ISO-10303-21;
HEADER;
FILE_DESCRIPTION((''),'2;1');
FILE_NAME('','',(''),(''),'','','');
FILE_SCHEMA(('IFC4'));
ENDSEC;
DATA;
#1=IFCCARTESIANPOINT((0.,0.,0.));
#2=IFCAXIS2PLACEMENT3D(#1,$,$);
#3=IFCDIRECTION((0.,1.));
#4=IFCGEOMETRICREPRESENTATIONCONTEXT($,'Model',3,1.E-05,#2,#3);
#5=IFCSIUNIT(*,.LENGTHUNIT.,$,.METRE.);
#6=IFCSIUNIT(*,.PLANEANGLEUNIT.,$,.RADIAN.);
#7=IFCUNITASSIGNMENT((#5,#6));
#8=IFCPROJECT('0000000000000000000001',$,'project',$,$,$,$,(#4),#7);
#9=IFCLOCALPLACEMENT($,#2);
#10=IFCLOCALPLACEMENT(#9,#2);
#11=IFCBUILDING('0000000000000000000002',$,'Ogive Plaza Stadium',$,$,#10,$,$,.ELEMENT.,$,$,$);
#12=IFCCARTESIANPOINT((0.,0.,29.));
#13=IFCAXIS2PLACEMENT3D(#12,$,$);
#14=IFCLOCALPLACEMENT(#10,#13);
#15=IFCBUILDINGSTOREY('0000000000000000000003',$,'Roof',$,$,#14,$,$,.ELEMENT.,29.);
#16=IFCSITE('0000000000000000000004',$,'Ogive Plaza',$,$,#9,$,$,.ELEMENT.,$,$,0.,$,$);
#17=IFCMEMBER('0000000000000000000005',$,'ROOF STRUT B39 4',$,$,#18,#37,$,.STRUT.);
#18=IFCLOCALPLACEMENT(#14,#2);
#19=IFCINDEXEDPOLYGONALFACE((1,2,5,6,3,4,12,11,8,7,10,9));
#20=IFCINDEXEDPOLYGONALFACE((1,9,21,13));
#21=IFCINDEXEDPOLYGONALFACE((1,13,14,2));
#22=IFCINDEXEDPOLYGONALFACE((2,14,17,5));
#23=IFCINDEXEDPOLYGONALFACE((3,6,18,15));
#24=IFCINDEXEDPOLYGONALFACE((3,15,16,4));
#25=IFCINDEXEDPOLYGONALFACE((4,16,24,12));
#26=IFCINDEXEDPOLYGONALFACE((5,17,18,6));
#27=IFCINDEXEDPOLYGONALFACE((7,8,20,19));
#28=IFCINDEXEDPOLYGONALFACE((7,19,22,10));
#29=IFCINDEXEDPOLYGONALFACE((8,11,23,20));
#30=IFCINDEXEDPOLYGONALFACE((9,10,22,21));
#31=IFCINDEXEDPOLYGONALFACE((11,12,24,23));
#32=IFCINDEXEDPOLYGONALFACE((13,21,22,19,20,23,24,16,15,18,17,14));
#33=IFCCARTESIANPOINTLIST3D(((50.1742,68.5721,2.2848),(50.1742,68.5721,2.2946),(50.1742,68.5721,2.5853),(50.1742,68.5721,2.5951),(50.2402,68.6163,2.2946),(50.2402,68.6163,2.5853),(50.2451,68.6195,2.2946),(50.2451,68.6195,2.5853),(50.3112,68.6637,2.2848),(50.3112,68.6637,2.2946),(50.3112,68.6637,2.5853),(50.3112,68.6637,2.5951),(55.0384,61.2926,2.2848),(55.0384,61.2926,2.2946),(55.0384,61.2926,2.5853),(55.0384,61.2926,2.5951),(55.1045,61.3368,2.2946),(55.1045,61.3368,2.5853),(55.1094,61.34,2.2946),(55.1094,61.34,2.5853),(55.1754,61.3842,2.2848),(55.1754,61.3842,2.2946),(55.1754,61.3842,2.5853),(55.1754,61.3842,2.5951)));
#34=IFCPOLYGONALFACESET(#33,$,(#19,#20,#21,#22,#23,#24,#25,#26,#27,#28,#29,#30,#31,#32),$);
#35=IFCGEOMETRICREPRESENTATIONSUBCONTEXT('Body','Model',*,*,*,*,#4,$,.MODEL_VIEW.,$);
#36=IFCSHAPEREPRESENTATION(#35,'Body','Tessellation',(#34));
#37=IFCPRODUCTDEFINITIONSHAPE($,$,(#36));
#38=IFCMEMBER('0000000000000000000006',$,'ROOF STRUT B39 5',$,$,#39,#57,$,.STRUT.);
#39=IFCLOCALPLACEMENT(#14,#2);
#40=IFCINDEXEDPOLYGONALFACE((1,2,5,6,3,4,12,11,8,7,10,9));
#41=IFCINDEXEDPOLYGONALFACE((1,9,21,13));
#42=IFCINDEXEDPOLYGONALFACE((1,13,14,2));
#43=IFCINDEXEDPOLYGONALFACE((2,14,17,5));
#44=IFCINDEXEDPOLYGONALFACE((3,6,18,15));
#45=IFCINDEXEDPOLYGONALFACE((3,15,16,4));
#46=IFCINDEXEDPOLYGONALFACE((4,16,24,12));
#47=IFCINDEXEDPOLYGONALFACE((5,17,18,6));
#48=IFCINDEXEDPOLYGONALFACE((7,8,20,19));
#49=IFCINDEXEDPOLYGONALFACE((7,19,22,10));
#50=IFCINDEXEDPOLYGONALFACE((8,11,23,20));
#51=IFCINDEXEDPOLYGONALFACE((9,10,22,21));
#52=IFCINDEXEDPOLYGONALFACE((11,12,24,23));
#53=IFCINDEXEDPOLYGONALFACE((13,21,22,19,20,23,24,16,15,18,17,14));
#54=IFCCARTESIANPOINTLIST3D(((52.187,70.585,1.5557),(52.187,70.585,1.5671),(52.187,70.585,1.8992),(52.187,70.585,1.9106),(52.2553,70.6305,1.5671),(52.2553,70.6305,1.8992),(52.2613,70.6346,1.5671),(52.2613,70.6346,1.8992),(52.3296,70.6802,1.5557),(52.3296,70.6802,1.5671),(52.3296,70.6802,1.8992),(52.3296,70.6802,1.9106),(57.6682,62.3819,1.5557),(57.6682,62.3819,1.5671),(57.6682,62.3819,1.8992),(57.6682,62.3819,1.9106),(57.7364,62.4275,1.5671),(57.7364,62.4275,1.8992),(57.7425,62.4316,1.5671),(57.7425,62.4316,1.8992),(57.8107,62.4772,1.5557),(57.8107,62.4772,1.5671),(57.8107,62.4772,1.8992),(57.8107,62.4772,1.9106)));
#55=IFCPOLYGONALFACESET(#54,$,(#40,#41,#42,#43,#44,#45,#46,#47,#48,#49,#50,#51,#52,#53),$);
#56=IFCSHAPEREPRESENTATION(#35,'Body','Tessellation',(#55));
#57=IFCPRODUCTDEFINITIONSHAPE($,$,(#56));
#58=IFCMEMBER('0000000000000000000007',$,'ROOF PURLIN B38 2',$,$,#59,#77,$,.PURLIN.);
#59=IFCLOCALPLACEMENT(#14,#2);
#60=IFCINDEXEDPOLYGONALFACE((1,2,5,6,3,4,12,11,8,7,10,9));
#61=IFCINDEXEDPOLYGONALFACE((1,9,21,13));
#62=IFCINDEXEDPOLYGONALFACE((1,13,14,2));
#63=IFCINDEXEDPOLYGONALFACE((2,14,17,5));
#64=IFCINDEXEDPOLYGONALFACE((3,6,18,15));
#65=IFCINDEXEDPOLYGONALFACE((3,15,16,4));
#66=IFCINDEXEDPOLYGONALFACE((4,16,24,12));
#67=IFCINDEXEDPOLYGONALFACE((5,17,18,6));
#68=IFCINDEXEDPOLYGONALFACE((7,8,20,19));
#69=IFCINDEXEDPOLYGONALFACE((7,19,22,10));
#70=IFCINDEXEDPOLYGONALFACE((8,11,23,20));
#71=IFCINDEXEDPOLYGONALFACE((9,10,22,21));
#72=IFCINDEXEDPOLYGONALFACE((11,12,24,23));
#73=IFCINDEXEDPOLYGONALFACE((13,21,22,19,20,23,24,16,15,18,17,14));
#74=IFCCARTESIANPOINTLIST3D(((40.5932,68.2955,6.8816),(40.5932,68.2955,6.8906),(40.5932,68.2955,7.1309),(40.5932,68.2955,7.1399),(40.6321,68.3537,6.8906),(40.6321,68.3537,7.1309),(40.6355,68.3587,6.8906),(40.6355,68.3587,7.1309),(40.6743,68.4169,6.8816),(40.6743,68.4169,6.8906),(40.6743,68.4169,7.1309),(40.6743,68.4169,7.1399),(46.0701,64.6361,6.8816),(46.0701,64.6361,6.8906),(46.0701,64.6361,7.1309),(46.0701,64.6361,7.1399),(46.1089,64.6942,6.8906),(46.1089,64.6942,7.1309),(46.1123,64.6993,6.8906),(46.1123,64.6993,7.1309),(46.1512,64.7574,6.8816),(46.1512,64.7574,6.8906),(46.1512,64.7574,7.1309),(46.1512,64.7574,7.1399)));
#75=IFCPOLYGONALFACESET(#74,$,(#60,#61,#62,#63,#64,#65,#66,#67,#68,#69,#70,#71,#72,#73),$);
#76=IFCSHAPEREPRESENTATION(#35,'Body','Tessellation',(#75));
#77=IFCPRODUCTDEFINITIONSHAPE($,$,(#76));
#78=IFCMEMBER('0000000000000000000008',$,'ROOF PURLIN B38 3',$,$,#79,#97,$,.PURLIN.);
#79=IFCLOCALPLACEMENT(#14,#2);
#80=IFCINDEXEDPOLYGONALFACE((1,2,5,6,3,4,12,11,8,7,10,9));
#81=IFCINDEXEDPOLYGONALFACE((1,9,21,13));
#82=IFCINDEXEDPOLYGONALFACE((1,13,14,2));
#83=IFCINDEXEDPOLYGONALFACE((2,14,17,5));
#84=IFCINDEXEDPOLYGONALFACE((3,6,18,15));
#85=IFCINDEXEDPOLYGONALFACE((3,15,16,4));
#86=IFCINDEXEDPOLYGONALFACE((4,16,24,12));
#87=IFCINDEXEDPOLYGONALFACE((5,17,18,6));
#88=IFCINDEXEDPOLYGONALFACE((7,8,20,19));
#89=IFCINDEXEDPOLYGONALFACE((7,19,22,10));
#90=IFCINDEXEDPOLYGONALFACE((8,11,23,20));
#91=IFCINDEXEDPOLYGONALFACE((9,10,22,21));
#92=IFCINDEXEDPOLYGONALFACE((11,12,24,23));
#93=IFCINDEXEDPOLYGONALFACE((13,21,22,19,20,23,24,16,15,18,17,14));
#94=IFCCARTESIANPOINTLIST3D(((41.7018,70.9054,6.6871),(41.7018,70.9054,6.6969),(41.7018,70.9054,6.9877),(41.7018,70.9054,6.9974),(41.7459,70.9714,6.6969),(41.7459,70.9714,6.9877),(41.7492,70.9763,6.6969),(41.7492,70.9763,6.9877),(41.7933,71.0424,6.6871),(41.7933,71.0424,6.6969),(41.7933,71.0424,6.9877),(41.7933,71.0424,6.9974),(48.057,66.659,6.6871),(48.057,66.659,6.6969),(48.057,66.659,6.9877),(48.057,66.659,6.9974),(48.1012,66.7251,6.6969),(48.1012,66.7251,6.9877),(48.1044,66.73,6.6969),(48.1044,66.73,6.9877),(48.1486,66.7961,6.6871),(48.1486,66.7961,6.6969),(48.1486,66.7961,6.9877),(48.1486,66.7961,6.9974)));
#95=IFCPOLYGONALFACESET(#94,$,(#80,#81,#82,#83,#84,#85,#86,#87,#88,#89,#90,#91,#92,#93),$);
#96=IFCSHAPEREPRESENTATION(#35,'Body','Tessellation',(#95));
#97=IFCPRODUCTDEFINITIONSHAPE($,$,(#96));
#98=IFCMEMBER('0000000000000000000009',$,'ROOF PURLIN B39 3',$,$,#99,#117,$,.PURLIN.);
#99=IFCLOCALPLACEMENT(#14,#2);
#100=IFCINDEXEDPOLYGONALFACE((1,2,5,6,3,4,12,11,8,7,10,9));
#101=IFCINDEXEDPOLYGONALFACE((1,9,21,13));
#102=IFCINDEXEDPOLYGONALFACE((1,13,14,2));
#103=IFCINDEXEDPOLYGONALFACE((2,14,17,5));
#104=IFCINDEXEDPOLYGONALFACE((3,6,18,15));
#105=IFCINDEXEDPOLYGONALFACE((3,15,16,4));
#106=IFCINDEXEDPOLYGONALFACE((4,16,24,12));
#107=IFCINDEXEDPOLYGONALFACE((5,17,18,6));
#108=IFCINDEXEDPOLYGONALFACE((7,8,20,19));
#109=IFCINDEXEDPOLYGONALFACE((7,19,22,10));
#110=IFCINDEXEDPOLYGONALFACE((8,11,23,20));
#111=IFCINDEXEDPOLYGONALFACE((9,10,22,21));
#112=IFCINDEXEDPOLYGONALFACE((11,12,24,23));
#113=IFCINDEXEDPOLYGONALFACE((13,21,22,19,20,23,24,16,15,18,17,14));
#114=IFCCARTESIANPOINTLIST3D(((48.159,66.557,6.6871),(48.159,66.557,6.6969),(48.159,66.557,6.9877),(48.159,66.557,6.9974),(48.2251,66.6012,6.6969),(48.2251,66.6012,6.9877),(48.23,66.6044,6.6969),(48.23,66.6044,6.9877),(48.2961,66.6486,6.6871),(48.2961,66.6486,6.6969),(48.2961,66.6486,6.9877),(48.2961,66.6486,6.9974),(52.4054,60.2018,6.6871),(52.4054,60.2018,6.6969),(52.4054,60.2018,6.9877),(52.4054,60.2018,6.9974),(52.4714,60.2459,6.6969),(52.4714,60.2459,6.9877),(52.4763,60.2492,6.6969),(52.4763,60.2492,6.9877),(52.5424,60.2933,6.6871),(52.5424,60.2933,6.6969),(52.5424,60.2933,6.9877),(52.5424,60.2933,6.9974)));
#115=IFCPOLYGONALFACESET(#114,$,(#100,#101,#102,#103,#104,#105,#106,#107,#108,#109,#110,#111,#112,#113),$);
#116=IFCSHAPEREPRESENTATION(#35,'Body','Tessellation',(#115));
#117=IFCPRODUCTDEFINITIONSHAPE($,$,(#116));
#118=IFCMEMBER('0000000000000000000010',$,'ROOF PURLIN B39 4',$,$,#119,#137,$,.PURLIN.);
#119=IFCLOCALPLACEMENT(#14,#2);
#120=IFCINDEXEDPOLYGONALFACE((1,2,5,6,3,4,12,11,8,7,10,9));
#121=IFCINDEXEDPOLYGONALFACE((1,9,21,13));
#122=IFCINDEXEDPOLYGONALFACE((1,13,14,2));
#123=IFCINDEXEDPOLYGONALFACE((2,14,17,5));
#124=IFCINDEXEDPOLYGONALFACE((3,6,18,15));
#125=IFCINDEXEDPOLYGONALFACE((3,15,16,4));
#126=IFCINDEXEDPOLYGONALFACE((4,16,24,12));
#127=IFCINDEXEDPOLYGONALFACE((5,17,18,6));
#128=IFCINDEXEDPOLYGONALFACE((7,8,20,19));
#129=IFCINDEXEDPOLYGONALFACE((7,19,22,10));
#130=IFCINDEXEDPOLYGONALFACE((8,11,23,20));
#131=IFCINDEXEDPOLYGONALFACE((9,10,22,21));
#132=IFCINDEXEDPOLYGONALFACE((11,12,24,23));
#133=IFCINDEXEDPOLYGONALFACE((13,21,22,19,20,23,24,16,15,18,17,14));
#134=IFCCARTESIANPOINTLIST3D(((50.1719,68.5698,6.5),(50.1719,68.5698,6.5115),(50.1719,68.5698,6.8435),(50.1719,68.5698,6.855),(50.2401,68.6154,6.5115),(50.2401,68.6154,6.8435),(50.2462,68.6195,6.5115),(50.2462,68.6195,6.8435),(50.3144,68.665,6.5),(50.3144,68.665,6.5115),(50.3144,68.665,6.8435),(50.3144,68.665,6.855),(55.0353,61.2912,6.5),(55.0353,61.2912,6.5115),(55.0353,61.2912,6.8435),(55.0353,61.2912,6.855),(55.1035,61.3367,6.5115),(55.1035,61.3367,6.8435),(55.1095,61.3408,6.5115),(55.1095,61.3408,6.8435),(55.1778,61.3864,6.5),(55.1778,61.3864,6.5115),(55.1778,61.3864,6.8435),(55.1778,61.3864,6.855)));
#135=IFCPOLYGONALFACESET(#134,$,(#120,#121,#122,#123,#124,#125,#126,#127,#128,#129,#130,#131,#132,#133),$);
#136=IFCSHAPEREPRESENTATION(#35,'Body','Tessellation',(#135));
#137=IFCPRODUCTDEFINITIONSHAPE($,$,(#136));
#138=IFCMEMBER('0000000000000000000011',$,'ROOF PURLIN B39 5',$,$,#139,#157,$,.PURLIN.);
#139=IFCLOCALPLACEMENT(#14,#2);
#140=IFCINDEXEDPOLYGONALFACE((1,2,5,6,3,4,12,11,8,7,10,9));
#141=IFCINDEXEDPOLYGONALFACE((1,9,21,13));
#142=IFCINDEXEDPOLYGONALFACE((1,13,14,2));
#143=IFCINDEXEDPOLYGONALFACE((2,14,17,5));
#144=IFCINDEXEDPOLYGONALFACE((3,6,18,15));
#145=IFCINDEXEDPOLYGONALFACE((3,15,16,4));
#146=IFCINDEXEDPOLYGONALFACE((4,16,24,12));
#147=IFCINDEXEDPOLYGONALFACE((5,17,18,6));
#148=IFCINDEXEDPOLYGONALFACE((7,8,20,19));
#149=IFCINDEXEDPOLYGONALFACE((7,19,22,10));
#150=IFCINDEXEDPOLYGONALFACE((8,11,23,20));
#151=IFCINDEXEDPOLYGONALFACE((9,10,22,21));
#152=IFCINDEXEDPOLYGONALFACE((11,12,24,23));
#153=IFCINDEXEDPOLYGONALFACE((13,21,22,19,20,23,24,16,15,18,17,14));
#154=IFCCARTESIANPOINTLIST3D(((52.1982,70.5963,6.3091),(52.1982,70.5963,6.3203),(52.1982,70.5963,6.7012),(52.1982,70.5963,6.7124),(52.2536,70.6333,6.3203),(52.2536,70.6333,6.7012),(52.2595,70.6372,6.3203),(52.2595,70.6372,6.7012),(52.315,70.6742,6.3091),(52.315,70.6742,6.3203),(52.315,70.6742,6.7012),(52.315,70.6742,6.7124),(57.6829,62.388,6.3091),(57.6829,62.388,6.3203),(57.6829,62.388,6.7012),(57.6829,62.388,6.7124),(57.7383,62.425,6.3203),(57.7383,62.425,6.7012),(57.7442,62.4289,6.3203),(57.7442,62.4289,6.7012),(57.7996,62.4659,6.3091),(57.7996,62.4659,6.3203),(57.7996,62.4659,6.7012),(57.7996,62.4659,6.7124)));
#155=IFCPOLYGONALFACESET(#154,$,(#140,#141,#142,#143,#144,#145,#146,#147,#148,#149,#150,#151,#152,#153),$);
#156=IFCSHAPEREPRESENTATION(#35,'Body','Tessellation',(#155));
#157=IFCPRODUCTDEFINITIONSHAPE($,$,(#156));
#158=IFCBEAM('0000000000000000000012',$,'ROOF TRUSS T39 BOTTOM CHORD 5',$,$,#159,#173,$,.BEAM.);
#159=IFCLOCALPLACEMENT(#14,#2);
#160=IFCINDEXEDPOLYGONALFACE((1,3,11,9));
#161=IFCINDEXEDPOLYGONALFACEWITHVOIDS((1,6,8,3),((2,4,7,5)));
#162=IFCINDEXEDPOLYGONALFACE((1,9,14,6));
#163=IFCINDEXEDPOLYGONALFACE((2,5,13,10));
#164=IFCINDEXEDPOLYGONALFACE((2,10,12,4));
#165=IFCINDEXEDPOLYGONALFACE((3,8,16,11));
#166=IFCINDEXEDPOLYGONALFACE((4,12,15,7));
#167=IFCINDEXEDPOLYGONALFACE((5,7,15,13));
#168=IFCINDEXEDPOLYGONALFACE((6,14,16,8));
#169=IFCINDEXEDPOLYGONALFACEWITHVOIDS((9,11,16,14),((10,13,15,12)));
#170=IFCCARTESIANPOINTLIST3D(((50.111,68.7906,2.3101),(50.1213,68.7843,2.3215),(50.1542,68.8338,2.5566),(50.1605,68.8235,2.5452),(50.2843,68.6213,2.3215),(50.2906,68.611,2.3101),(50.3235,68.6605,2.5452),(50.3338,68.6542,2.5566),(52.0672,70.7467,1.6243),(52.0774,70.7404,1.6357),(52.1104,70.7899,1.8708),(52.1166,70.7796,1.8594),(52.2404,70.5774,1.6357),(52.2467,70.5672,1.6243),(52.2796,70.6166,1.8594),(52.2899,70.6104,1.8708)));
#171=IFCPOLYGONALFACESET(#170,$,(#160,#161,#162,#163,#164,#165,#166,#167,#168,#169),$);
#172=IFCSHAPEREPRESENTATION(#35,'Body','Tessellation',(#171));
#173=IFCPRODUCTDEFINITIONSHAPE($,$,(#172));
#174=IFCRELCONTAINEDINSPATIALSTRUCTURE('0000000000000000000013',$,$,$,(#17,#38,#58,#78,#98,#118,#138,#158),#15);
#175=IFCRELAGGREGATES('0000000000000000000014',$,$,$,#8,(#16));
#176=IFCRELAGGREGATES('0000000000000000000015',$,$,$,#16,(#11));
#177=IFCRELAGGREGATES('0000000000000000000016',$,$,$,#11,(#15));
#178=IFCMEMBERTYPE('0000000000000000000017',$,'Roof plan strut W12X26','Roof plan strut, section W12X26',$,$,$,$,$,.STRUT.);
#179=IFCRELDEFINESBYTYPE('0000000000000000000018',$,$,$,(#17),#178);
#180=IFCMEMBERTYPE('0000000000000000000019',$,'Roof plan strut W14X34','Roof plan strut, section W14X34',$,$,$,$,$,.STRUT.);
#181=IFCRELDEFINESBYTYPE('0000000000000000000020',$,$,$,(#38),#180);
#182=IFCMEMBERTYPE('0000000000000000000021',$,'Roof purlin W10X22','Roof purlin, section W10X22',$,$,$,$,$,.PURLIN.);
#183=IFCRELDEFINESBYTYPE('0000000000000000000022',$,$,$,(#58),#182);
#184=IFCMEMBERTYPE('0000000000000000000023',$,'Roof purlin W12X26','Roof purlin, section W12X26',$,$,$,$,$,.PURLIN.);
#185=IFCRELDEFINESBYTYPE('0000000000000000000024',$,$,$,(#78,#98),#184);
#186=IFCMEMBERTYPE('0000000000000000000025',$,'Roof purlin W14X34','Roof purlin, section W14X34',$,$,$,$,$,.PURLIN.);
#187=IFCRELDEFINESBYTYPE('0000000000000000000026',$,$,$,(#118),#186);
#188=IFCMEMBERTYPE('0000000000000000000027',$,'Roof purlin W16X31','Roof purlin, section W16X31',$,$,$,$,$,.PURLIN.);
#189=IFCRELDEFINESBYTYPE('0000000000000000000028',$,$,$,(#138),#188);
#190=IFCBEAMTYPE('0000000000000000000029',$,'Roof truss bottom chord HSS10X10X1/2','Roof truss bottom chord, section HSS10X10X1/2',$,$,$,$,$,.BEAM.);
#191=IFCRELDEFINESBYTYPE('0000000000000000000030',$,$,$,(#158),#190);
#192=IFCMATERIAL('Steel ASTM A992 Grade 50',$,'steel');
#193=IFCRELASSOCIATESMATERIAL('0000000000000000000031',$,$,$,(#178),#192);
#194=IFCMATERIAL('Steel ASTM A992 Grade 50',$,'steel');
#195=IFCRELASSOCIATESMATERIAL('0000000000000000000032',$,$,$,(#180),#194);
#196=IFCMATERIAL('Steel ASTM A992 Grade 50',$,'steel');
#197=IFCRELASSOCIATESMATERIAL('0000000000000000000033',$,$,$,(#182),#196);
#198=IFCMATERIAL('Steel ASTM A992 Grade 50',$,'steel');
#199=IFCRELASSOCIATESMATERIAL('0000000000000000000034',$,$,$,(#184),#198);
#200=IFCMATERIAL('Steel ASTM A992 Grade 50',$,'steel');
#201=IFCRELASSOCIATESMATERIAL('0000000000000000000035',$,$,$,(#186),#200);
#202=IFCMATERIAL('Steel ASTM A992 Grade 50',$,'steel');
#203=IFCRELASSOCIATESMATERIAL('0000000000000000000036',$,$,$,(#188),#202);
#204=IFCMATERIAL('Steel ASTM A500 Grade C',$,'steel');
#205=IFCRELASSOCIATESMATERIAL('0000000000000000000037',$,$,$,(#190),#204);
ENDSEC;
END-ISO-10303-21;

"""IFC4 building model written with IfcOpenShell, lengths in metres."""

from ifc_helpers import new_model, si_unit, direction, frame, origin, origin_2d, place, context, subcontext, project, spatial, hollow_rectangle, i_section, extrude, material, material_profile, profile_set, type_object, element, save


model = new_model("IFC4")

# Units and contexts
model_context = context("Model", 3, precision=1e-05, world=origin(), true_north=direction((0.0, 1.0)))
body_context = subcontext(model_context, "Body", "Model", "MODEL_VIEW")
ifc_project = project(units=[si_unit("LENGTHUNIT", "METRE"), si_unit("PLANEANGLEUNIT", "RADIAN")], contexts=[model_context])

# Site, building, storey
site_placement = place(None, origin())
site = spatial("IfcSite", under=ifc_project, at=site_placement, Name="Ogive Plaza", CompositionType="ELEMENT", RefElevation=0.0)
building_placement = place(site_placement, origin())
building = spatial("IfcBuilding", under=site, at=building_placement, Name="Ogive Plaza Stadium", CompositionType="ELEMENT")
storey_placement = place(building_placement, frame((0.0, 0.0, 29.0)))
storey = spatial("IfcBuildingStorey", under=building, at=storey_placement, Name="Roof", CompositionType="ELEMENT", Elevation=29.0)

# Members
ifc_material_1 = material(Name="Steel ASTM A992 Grade 50", Category="steel")
ifc_material_profile_1 = material_profile(ifc_material_1, i_section(OverallWidth=0.1648, OverallDepth=0.3103, WebThickness=0.0059, FlangeThickness=0.0098, at=origin_2d()), Name="W12X26")
ifc_profile_set_1 = profile_set([ifc_material_profile_1], Name="Steel ASTM A992 Grade 50")
member_type_1 = type_object("IfcMemberType", Name="Roof plan strut W12X26", Description="Roof plan strut, section W12X26", PredefinedType="STRUT", material=ifc_profile_set_1)
member_1_placement = place(storey_placement, frame((50.2427, 68.6179, 2.4399), z_axis=(0.555588, -0.831458, 0.0), x_axis=(0.831458, 0.555588, 0.0)))
element("IfcMember", 1, at=member_1_placement, inside=storey, type_object=member_type_1, Name="ROOF STRUT B39 4", PredefinedType="STRUT", context=body_context, shape_type="SweptSolid", body=[
    extrude(i_section(OverallWidth=0.1648, OverallDepth=0.3103, WebThickness=0.0059, FlangeThickness=0.0098, at=origin_2d()), origin(), (0.0, 0.0, 1.0), 8.7551),
])
ifc_material_2 = material(Name="Steel ASTM A992 Grade 50", Category="steel")
ifc_material_profile_2 = material_profile(ifc_material_2, i_section(OverallWidth=0.1714, OverallDepth=0.355, WebThickness=0.0073, FlangeThickness=0.0115, at=origin_2d()), Name="W14X34")
ifc_profile_set_2 = profile_set([ifc_material_profile_2], Name="Steel ASTM A992 Grade 50")
member_type_2 = type_object("IfcMemberType", Name="Roof plan strut W14X34", Description="Roof plan strut, section W14X34", PredefinedType="STRUT", material=ifc_profile_set_2)
member_2_placement = place(storey_placement, frame((52.2583, 70.6326, 1.7332), z_axis=(0.555574, -0.831467, 0.0), x_axis=(0.831467, 0.555574, 0.0)))
element("IfcMember", 2, at=member_2_placement, inside=storey, type_object=member_type_2, Name="ROOF STRUT B39 5", PredefinedType="STRUT", context=body_context, shape_type="SweptSolid", body=[
    extrude(i_section(OverallWidth=0.1714, OverallDepth=0.355, WebThickness=0.0073, FlangeThickness=0.0115, at=origin_2d()), origin(), (0.0, 0.0, 1.0), 9.8657),
])
ifc_material_3 = material(Name="Steel ASTM A992 Grade 50", Category="steel")
ifc_material_profile_3 = material_profile(ifc_material_3, i_section(OverallWidth=0.146, OverallDepth=0.2583, WebThickness=0.0061, FlangeThickness=0.009, at=origin_2d()), Name="W10X22")
ifc_profile_set_3 = profile_set([ifc_material_profile_3], Name="Steel ASTM A992 Grade 50")
member_type_3 = type_object("IfcMemberType", Name="Roof purlin W10X22", Description="Roof purlin, section W10X22", PredefinedType="PURLIN", material=ifc_profile_set_3)
member_3_placement = place(storey_placement, frame((40.6338, 68.3562, 7.0107), z_axis=(0.831474, -0.555564, 0.0), x_axis=(0.555564, 0.831474, 0.0)))
element("IfcMember", 3, at=member_3_placement, inside=storey, type_object=member_type_3, Name="ROOF PURLIN B38 2", PredefinedType="PURLIN", context=body_context, shape_type="SweptSolid", body=[
    extrude(i_section(OverallWidth=0.146, OverallDepth=0.2583, WebThickness=0.0061, FlangeThickness=0.009, at=origin_2d()), origin(), (0.0, 0.0, 1.0), 6.5869),
])
ifc_material_4 = material(Name="Steel ASTM A992 Grade 50", Category="steel")
ifc_material_profile_4 = material_profile(ifc_material_4, i_section(OverallWidth=0.1648, OverallDepth=0.3103, WebThickness=0.0059, FlangeThickness=0.0098, at=origin_2d()), Name="W12X26")
ifc_profile_set_4 = profile_set([ifc_material_profile_4], Name="Steel ASTM A992 Grade 50")
member_type_4 = type_object("IfcMemberType", Name="Roof purlin W12X26", Description="Roof purlin, section W12X26", PredefinedType="PURLIN", material=ifc_profile_set_4)
for number, where, z_axis, x_axis, name in (
    (4, (41.7476, 70.9739, 6.8423), (0.831475, -0.555562, 0.0), (0.555562, 0.831475, 0.0), "ROOF PURLIN B38 3"),
    (5, (48.2275, 66.6028, 6.8423), (0.555562, -0.831475, 0.0), (0.831475, 0.555562, 0.0), "ROOF PURLIN B39 3"),
):
    element("IfcMember", number, at=place(storey_placement, frame(where, z_axis=z_axis, x_axis=x_axis)), inside=storey, type_object=member_type_4, Name=name, PredefinedType="PURLIN", context=body_context, shape_type="SweptSolid", body=[
        extrude(i_section(OverallWidth=0.1648, OverallDepth=0.3103, WebThickness=0.0059, FlangeThickness=0.0098, at=origin_2d()), origin(), (0.0, 0.0, 1.0), 7.6433),
    ])
ifc_material_5 = material(Name="Steel ASTM A992 Grade 50", Category="steel")
ifc_material_profile_5 = material_profile(ifc_material_5, i_section(OverallWidth=0.1714, OverallDepth=0.355, WebThickness=0.0073, FlangeThickness=0.0115, at=origin_2d()), Name="W14X34")
ifc_profile_set_5 = profile_set([ifc_material_profile_5], Name="Steel ASTM A992 Grade 50")
member_type_5 = type_object("IfcMemberType", Name="Roof purlin W14X34", Description="Roof purlin, section W14X34", PredefinedType="PURLIN", material=ifc_profile_set_5)
member_4_placement = place(storey_placement, frame((50.2432, 68.6174, 6.6775), z_axis=(0.555562, -0.831475, 0.0), x_axis=(0.831475, 0.555562, 0.0)))
element("IfcMember", 6, at=member_4_placement, inside=storey, type_object=member_type_5, Name="ROOF PURLIN B39 4", PredefinedType="PURLIN", context=body_context, shape_type="SweptSolid", body=[
    extrude(i_section(OverallWidth=0.1714, OverallDepth=0.355, WebThickness=0.0073, FlangeThickness=0.0115, at=origin_2d()), origin(), (0.0, 0.0, 1.0), 8.7539),
])
ifc_material_6 = material(Name="Steel ASTM A992 Grade 50", Category="steel")
ifc_material_profile_6 = material_profile(ifc_material_6, i_section(OverallWidth=0.1404, OverallDepth=0.4033, WebThickness=0.0071, FlangeThickness=0.0112, at=origin_2d()), Name="W16X31")
ifc_profile_set_6 = profile_set([ifc_material_profile_6], Name="Steel ASTM A992 Grade 50")
member_type_6 = type_object("IfcMemberType", Name="Roof purlin W16X31", Description="Roof purlin, section W16X31", PredefinedType="PURLIN", material=ifc_profile_set_6)
member_5_placement = place(storey_placement, frame((52.2566, 70.6353, 6.5107), z_axis=(0.555573, -0.831468, 0.0), x_axis=(0.831468, 0.555573, 0.0)))
element("IfcMember", 7, at=member_5_placement, inside=storey, type_object=member_type_6, Name="ROOF PURLIN B39 5", PredefinedType="PURLIN", context=body_context, shape_type="SweptSolid", body=[
    extrude(i_section(OverallWidth=0.1404, OverallDepth=0.4033, WebThickness=0.0071, FlangeThickness=0.0112, at=origin_2d()), origin(), (0.0, 0.0, 1.0), 9.8721),
])

# Beam
ifc_material_7 = material(Name="Steel ASTM A500 Grade C", Category="steel")
ifc_material_profile_7 = material_profile(ifc_material_7, hollow_rectangle(XDim=0.2539, YDim=0.2539, WallThickness=0.0117, at=origin_2d()), Name="HSS10X10X1/2")
ifc_profile_set_7 = profile_set([ifc_material_profile_7], Name="Steel ASTM A500 Grade C")
beam_type_1 = type_object("IfcBeamType", Name="Roof truss bottom chord HSS10X10X1/2", Description="Roof truss bottom chord, section HSS10X10X1/2", PredefinedType="BEAM", material=ifc_profile_set_7)
beam_1_placement = place(storey_placement, frame((50.2224, 68.7224, 2.4333), z_axis=(0.68633, 0.68633, -0.240627), x_axis=(-0.707107, 0.707107, 0.0)))
element("IfcBeam", 8, at=beam_1_placement, inside=storey, type_object=beam_type_1, Name="ROOF TRUSS T39 BOTTOM CHORD 5", PredefinedType="BEAM", context=body_context, shape_type="SweptSolid", body=[
    extrude(hollow_rectangle(XDim=0.2539, YDim=0.2539, WallThickness=0.0117, at=origin_2d()), origin(), (0.0, 0.0, 1.0), 2.8501),
])

save(model, "model.ifc")
